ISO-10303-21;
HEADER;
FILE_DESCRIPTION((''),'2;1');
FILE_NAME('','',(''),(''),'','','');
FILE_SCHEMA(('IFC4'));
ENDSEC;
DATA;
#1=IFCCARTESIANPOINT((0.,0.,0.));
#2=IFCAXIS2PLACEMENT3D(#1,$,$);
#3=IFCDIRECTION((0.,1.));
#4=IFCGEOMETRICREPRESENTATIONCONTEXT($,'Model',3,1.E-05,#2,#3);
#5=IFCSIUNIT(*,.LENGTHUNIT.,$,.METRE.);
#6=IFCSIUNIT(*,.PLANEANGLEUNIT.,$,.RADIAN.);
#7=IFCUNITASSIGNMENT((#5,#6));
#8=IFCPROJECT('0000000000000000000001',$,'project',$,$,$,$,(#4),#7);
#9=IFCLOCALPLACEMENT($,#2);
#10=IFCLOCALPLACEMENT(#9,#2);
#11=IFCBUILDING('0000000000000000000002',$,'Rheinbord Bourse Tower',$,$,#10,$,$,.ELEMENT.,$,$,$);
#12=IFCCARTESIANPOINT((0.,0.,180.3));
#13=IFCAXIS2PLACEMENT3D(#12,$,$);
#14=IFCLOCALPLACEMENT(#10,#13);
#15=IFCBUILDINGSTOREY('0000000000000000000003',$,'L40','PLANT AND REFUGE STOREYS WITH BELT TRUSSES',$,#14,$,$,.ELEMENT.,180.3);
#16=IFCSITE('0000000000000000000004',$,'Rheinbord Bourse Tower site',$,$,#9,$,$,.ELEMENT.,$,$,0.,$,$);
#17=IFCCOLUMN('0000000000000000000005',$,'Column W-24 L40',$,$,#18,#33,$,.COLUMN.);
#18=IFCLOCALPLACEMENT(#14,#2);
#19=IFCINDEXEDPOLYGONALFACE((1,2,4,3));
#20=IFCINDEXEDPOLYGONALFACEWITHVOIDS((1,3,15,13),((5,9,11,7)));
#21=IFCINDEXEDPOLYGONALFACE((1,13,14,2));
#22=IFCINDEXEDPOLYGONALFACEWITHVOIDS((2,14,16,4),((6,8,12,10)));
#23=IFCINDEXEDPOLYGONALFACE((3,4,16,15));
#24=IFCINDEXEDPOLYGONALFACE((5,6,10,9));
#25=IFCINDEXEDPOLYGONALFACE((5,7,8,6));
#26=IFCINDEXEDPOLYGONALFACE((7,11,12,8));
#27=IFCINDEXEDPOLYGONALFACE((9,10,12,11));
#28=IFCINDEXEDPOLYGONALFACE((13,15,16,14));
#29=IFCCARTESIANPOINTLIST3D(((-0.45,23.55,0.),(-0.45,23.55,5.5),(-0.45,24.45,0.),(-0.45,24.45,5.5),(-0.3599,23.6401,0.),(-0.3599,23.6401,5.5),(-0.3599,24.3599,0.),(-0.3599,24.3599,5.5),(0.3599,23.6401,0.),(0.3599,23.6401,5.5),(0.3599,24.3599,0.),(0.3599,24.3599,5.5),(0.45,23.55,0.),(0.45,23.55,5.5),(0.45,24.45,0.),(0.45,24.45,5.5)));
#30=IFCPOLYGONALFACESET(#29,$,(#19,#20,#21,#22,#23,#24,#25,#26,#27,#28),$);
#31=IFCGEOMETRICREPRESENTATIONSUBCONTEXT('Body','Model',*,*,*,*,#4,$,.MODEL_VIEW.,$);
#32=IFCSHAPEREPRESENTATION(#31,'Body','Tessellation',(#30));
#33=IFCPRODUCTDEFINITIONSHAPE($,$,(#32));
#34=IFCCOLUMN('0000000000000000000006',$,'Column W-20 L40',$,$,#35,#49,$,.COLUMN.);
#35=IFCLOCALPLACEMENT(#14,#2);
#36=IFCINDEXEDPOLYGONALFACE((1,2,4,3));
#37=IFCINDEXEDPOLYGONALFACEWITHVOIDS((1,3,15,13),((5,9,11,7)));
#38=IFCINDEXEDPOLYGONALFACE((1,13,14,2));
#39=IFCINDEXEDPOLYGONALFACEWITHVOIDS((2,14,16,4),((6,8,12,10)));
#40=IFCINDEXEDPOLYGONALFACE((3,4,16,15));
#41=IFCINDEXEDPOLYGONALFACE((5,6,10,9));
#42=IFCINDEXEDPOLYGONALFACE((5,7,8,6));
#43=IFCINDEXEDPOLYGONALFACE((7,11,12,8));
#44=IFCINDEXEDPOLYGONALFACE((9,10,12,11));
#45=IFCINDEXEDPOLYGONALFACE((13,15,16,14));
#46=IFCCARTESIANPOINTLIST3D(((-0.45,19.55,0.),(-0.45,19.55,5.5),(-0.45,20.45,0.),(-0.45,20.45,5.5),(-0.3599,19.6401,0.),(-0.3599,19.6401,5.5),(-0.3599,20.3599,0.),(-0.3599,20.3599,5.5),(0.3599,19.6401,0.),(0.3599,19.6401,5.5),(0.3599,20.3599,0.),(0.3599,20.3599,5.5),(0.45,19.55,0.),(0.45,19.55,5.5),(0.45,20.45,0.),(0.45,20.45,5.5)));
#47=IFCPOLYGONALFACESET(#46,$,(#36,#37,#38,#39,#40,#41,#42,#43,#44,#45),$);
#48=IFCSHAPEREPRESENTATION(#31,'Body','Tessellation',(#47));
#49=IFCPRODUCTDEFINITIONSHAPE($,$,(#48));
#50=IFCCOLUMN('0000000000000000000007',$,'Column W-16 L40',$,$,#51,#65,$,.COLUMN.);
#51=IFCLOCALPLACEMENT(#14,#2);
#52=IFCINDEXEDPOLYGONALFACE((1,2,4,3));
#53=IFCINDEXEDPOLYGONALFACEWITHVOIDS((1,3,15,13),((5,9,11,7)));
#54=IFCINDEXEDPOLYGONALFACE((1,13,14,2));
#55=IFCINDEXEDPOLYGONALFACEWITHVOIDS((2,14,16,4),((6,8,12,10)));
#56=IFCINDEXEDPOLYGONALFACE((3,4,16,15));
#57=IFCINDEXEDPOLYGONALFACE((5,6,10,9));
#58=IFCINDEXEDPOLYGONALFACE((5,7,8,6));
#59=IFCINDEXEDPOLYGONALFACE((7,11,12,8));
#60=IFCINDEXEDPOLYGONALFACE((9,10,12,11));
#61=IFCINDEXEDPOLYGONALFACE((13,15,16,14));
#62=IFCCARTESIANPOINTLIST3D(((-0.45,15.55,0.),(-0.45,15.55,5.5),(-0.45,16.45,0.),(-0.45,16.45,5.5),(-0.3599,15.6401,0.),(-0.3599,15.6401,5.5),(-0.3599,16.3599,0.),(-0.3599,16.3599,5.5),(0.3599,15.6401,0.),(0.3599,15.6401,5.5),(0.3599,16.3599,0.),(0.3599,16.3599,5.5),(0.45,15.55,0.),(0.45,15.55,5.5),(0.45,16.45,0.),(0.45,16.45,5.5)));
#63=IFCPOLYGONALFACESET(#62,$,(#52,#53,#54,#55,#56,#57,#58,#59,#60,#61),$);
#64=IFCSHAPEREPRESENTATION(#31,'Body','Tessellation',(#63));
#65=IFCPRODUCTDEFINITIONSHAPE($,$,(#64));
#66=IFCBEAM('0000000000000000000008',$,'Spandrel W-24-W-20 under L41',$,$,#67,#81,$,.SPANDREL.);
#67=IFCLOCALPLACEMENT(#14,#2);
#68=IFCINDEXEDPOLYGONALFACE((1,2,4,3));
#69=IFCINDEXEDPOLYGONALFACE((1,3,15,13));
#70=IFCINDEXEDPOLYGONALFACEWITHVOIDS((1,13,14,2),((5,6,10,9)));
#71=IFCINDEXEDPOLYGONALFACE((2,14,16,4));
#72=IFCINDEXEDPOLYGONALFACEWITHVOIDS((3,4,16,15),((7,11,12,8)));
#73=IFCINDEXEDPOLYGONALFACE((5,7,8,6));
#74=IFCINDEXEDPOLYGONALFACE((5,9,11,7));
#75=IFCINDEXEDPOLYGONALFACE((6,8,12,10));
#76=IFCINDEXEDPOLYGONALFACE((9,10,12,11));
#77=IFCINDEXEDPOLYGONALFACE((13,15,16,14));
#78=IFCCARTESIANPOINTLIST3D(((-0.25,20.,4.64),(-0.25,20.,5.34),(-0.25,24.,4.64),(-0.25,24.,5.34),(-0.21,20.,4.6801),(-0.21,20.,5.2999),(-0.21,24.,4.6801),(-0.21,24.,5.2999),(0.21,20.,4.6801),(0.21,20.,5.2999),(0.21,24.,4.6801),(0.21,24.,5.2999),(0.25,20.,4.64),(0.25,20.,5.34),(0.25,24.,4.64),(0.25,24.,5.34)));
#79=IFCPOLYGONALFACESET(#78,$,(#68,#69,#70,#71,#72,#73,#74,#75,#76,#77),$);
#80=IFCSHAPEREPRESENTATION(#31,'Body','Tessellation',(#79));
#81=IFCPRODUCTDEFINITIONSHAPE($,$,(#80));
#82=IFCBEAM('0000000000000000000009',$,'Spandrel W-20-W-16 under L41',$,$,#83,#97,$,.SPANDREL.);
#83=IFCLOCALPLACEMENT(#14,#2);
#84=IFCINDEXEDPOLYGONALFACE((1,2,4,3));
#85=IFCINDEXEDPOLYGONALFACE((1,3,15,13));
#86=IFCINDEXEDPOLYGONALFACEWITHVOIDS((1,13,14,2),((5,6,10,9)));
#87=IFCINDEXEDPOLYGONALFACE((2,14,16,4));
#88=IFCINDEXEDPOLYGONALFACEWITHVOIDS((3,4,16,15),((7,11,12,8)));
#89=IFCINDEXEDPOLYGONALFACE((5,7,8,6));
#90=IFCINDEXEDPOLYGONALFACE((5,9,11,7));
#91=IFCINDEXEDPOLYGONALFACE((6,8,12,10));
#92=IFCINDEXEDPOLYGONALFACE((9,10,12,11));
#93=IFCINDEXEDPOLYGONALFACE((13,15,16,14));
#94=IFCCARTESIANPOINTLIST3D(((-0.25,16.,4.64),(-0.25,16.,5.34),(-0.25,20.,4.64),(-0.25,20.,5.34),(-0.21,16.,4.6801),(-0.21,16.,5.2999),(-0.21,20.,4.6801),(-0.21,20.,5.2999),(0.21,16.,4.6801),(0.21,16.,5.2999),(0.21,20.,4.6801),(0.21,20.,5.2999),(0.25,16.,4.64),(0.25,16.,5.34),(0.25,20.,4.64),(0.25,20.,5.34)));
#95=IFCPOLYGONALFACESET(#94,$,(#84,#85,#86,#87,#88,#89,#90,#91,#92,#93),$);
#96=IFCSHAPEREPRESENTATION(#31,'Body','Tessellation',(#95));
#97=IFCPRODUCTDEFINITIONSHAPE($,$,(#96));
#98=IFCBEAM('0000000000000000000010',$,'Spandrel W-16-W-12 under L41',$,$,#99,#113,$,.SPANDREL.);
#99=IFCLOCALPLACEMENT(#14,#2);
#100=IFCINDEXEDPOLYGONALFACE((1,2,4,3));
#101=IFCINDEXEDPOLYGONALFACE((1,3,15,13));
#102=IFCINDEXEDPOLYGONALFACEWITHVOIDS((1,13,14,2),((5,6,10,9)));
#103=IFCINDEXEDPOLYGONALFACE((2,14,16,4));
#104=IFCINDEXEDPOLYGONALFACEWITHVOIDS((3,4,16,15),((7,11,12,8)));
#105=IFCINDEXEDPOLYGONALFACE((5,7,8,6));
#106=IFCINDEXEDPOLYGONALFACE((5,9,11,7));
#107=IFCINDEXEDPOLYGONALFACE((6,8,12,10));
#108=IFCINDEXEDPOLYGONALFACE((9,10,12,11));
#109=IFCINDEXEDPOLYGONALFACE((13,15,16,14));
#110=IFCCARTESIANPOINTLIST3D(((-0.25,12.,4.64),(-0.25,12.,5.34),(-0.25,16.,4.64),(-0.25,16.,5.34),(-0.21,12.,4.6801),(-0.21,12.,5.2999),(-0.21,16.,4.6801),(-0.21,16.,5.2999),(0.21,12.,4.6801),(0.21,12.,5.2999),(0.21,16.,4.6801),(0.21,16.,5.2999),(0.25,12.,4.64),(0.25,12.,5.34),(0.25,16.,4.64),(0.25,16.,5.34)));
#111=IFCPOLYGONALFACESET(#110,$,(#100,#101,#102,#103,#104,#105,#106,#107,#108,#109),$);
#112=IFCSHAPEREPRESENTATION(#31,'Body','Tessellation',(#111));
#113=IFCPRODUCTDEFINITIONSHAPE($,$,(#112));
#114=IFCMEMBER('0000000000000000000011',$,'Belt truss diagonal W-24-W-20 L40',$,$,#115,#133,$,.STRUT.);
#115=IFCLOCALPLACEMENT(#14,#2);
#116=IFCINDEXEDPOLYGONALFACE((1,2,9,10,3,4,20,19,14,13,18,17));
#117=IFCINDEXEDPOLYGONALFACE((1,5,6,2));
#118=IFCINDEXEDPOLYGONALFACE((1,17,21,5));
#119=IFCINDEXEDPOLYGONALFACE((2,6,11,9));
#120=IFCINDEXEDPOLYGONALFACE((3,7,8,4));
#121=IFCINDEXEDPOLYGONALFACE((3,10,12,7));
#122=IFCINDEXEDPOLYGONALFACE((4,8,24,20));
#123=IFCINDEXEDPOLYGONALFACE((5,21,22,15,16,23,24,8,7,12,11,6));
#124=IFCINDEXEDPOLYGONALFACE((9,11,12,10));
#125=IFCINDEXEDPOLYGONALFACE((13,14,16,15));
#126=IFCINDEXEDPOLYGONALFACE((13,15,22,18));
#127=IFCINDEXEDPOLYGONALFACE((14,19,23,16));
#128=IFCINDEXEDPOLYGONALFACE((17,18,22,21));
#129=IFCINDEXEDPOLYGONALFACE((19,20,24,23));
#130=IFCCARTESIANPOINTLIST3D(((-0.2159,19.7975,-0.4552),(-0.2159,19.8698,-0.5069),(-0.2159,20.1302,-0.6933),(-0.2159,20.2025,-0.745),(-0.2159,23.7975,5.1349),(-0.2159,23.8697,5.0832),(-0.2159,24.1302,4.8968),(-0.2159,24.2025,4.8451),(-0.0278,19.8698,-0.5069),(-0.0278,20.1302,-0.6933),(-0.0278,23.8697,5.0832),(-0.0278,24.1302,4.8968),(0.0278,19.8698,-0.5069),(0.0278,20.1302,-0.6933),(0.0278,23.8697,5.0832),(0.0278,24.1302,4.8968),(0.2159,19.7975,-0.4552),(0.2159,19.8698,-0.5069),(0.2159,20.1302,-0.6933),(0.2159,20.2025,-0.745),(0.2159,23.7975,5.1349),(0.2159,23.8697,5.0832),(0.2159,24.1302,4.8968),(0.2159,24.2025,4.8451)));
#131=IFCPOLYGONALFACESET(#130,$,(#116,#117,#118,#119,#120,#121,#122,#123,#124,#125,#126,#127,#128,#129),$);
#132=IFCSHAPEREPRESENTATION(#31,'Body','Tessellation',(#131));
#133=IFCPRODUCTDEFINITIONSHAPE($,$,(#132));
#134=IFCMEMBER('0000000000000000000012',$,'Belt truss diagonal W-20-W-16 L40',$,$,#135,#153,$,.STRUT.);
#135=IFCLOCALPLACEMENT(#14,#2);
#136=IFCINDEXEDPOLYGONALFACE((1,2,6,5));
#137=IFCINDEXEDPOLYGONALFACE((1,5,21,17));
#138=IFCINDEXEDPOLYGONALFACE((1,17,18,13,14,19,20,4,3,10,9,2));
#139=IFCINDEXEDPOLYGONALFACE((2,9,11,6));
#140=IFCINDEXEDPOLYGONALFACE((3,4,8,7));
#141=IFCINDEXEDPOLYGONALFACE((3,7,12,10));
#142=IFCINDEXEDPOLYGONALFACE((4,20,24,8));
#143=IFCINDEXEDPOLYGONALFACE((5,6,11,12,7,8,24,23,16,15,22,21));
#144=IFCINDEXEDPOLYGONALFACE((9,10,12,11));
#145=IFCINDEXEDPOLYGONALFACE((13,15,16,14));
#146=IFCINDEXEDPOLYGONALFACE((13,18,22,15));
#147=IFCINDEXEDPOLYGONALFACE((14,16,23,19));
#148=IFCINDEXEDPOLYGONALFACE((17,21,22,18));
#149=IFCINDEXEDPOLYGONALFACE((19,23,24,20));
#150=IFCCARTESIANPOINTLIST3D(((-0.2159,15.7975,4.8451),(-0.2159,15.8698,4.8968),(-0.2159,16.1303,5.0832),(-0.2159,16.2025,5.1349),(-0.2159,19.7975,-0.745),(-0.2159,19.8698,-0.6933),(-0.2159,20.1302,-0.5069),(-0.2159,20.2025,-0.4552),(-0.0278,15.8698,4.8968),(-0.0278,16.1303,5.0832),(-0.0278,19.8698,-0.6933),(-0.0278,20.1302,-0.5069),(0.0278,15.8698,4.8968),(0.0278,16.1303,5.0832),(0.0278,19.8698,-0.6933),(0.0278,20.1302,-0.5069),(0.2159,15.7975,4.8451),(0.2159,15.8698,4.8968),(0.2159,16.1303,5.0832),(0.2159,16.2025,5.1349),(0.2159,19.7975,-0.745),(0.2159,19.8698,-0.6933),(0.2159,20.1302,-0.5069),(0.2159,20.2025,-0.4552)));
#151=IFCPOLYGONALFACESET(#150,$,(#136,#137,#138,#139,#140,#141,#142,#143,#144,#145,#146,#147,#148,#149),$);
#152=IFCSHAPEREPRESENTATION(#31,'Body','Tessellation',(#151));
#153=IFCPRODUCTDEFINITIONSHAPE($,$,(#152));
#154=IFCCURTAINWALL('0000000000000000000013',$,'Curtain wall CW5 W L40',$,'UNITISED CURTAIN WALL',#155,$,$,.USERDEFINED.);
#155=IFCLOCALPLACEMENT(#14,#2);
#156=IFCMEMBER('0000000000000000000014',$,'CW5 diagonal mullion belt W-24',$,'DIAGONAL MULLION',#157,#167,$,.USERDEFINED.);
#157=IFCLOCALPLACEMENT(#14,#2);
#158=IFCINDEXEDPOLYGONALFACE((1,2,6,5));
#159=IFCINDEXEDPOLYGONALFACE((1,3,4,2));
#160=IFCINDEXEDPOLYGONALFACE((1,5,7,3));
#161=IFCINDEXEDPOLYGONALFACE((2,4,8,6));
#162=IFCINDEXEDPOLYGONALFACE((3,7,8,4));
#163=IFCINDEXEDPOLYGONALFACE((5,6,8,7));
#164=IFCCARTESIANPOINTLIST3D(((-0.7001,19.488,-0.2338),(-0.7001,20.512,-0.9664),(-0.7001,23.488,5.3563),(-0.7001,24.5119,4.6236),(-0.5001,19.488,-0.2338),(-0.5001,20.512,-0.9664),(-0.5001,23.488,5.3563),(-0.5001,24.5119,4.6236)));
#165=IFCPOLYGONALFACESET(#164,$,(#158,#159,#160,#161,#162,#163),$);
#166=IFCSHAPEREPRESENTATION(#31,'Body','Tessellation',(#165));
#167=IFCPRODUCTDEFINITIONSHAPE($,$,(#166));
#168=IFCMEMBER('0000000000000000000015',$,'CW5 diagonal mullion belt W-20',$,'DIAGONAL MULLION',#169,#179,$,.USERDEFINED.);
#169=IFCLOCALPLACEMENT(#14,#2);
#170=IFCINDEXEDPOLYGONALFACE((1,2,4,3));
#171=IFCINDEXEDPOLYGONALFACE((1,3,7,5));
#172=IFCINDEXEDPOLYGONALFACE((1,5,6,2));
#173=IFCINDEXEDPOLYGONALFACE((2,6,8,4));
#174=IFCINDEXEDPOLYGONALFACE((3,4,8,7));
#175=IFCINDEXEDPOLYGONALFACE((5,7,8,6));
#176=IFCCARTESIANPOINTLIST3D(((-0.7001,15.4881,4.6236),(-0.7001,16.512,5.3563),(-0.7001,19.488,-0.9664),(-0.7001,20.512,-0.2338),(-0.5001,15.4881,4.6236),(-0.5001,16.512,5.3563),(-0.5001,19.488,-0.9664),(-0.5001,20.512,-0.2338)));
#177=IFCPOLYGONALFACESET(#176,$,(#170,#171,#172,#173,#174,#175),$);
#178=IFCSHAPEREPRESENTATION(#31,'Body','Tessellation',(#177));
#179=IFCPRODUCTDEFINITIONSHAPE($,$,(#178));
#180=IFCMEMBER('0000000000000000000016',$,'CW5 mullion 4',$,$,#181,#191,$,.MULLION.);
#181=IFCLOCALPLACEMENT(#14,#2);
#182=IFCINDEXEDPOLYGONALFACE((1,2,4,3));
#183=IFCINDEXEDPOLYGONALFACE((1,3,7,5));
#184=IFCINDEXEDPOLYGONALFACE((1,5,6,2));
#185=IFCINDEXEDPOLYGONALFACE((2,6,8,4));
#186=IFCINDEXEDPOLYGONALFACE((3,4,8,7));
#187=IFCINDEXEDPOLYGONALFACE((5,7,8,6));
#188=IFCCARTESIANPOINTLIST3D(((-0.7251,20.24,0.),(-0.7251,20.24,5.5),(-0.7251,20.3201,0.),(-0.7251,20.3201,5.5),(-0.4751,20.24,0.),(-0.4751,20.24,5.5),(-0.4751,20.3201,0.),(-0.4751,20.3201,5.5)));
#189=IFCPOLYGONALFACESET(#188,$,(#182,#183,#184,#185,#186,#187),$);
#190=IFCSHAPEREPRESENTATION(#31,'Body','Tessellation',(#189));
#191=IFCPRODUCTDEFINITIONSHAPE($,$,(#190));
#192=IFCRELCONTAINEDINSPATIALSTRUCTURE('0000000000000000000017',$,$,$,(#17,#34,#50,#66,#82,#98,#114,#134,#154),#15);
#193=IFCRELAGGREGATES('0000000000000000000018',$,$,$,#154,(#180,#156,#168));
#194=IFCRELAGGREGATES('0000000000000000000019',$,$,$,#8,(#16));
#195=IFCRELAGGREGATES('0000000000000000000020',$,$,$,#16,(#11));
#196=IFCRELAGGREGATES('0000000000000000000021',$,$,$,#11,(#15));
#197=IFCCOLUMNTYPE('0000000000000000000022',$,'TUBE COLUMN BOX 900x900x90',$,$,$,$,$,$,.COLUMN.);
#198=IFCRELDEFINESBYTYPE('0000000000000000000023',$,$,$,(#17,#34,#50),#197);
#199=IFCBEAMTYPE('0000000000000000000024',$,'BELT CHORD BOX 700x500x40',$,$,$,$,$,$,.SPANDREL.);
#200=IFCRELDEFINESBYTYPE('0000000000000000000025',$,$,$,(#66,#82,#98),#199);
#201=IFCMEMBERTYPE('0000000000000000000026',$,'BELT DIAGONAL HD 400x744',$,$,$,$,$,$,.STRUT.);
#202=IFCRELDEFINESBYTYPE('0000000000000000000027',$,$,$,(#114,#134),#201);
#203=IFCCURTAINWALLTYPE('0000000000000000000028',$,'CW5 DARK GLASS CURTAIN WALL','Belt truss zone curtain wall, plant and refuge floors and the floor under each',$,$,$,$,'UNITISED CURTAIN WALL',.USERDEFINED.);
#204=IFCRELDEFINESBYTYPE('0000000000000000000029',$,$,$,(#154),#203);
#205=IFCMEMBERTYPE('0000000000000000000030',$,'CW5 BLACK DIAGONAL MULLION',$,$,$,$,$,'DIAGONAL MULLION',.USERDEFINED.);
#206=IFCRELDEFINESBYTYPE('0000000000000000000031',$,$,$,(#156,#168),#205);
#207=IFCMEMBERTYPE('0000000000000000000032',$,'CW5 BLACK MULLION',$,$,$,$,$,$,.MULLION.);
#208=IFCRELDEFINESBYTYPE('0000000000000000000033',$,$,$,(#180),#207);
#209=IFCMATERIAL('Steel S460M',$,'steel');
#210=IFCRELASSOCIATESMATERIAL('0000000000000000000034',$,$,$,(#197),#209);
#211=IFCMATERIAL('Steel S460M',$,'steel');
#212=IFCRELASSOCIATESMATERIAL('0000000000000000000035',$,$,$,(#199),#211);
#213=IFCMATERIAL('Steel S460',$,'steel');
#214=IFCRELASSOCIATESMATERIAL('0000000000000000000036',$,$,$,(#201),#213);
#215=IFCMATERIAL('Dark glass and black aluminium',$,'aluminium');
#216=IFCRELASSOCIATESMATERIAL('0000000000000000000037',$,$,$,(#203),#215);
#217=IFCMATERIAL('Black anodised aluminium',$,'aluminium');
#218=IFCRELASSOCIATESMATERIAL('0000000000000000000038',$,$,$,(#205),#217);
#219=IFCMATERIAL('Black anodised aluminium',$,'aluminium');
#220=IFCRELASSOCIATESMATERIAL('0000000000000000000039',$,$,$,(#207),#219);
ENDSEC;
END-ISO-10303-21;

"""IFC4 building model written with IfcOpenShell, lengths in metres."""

from ifc_helpers import new_model, si_unit, direction, frame, origin, origin_2d, place, context, subcontext, project, spatial, rectangle, hollow_rectangle, i_section, extrude, material, material_profile, profile_set, type_object, element, aggregate, save


model = new_model("IFC4")

# Units and contexts
model_context = context("Model", 3, precision=1e-05, world=origin(), true_north=direction((0.0, 1.0)))
body_context = subcontext(model_context, "Body", "Model", "MODEL_VIEW")
ifc_project = project(units=[si_unit("LENGTHUNIT", "METRE"), si_unit("PLANEANGLEUNIT", "RADIAN")], contexts=[model_context])

# Site, building, storey
site_placement = place(None, origin())
site = spatial("IfcSite", under=ifc_project, at=site_placement, Name="Rheinbord Bourse Tower site", CompositionType="ELEMENT", RefElevation=0.0)
building_placement = place(site_placement, origin())
building = spatial("IfcBuilding", under=site, at=building_placement, Name="Rheinbord Bourse Tower", CompositionType="ELEMENT")
storey_placement = place(building_placement, frame((0.0, 0.0, 180.3)))
storey = spatial("IfcBuildingStorey", under=building, at=storey_placement, Name="L40", Description="PLANT AND REFUGE STOREYS WITH BELT TRUSSES", CompositionType="ELEMENT", Elevation=180.3)

# Columns
ifc_material_1 = material(Name="Steel S460M", Category="steel")
ifc_material_profile_1 = material_profile(ifc_material_1, hollow_rectangle(XDim=0.8999, YDim=0.8999, WallThickness=0.0901, at=origin_2d()), Name="BOX 900x900x90")
ifc_profile_set_1 = profile_set([ifc_material_profile_1], Name="Steel S460M")
column_type = type_object("IfcColumnType", Name="TUBE COLUMN BOX 900x900x90", PredefinedType="COLUMN", material=ifc_profile_set_1)
for number, where, z_axis, x_axis, name in (
    (1, (0.0, 24.0, 0.0), (0.0, 0.0, 1.0), (1.0, 0.0, 0.0), "Column W-24 L40"),
    (2, (0.0, 20.0, 0.0), (0.0, 0.0, 1.0), (1.0, 0.0, 0.0), "Column W-20 L40"),
    (3, (0.0, 16.0, 0.0), (0.0, 0.0, 1.0), (1.0, 0.0, 0.0), "Column W-16 L40"),
):
    element("IfcColumn", number, at=place(storey_placement, frame(where, z_axis=z_axis, x_axis=x_axis)), inside=storey, type_object=column_type, Name=name, PredefinedType="COLUMN", context=body_context, shape_type="SweptSolid", body=[
        extrude(hollow_rectangle(XDim=0.8999, YDim=0.8999, WallThickness=0.0901, at=origin_2d()), origin(), (0.0, 0.0, 1.0), 5.5),
    ])

# Beams
ifc_material_2 = material(Name="Steel S460M", Category="steel")
ifc_material_profile_2 = material_profile(ifc_material_2, hollow_rectangle(XDim=0.5, YDim=0.7, WallThickness=0.04, at=origin_2d()), Name="BOX 700x500x40")
ifc_profile_set_2 = profile_set([ifc_material_profile_2], Name="Steel S460M")
beam_type_1 = type_object("IfcBeamType", Name="BELT CHORD BOX 700x500x40", PredefinedType="SPANDREL", material=ifc_profile_set_2)
for number, where, z_axis, x_axis, name in (
    (4, (0.0, 24.0, 4.99), (0.0, -1.0, 0.0), (1.0, 0.0, 0.0), "Spandrel W-24-W-20 under L41"),
    (5, (0.0, 20.0, 4.99), (0.0, -1.0, 0.0), (1.0, 0.0, 0.0), "Spandrel W-20-W-16 under L41"),
    (6, (0.0, 16.0, 4.99), (0.0, -1.0, 0.0), (1.0, 0.0, 0.0), "Spandrel W-16-W-12 under L41"),
):
    element("IfcBeam", number, at=place(storey_placement, frame(where, z_axis=z_axis, x_axis=x_axis)), inside=storey, type_object=beam_type_1, Name=name, PredefinedType="SPANDREL", context=body_context, shape_type="SweptSolid", body=[
        extrude(hollow_rectangle(XDim=0.5, YDim=0.7, WallThickness=0.04, at=origin_2d()), origin(), (0.0, 0.0, 1.0), 4.0),
    ])

# Members
ifc_material_3 = material(Name="Steel S460", Category="steel")
ifc_material_profile_3 = material_profile(ifc_material_3, i_section(OverallWidth=0.4319, OverallDepth=0.498, WebThickness=0.0557, FlangeThickness=0.0889, at=origin_2d()), Name="HD 400x744")
ifc_profile_set_3 = profile_set([ifc_material_profile_3], Name="Steel S460")
member_type_1 = type_object("IfcMemberType", Name="BELT DIAGONAL HD 400x744", PredefinedType="STRUT", material=ifc_profile_set_3)
for number, where, z_axis, x_axis, name in (
    (7, (0.0, 20.0, -0.6001), (0.0, 0.58192, 0.813246), (-1.0, 0.0, 0.0), "Belt truss diagonal W-24-W-20 L40"),
    (8, (0.0, 20.0, -0.6001), (0.0, -0.58192, 0.813246), (1.0, 0.0, 0.0), "Belt truss diagonal W-20-W-16 L40"),
):
    element("IfcMember", number, at=place(storey_placement, frame(where, z_axis=z_axis, x_axis=x_axis)), inside=storey, type_object=member_type_1, Name=name, PredefinedType="STRUT", context=body_context, shape_type="SweptSolid", body=[
        extrude(i_section(OverallWidth=0.4319, OverallDepth=0.498, WebThickness=0.0557, FlangeThickness=0.0889, at=origin_2d()), origin(), (0.0, 0.0, 1.0), 6.8738),
    ])

# Curtain wall, members
ifc_material_4 = material(Name="Dark glass and black aluminium", Category="aluminium")
curtain_wall_type = type_object("IfcCurtainWallType", Name="CW5 DARK GLASS CURTAIN WALL", Description="Belt truss zone curtain wall, plant and refuge floors and the floor under each", ElementType="UNITISED CURTAIN WALL", PredefinedType="USERDEFINED", material=ifc_material_4)
curtain_wall_placement = place(storey_placement, origin())
curtain_wall = element("IfcCurtainWall", 9, at=curtain_wall_placement, inside=storey, type_object=curtain_wall_type, Name="Curtain wall CW5 W L40", ObjectType="UNITISED CURTAIN WALL", PredefinedType="USERDEFINED")
ifc_material_5 = material(Name="Black anodised aluminium", Category="aluminium")
ifc_material_profile_4 = material_profile(ifc_material_5, rectangle(XDim=0.2, YDim=1.259, at=origin_2d()), Name="CW5 DIAGONAL MULLION 1259x200")
ifc_profile_set_4 = profile_set([ifc_material_profile_4], Name="Black anodised aluminium")
member_type_2 = type_object("IfcMemberType", Name="CW5 BLACK DIAGONAL MULLION", ElementType="DIAGONAL MULLION", PredefinedType="USERDEFINED", material=ifc_profile_set_4)
member_1_placement = place(storey_placement, frame((-0.6001, 20.0, -0.6001), z_axis=(0.0, 0.58192, 0.813246), x_axis=(-1.0, 0.0, 0.0)))
member_1 = element("IfcMember", 10, at=member_1_placement, type_object=member_type_2, Name="CW5 diagonal mullion belt W-24", ObjectType="DIAGONAL MULLION", PredefinedType="USERDEFINED", context=body_context, shape_type="SweptSolid", body=[
    extrude(rectangle(XDim=0.2, YDim=1.259, at=origin_2d()), origin(), (0.0, 0.0, 1.0), 6.8738),
])
member_2_placement = place(storey_placement, frame((-0.6001, 20.0, -0.6001), z_axis=(0.0, -0.58192, 0.813246), x_axis=(1.0, 0.0, 0.0)))
member_2 = element("IfcMember", 11, at=member_2_placement, type_object=member_type_2, Name="CW5 diagonal mullion belt W-20", ObjectType="DIAGONAL MULLION", PredefinedType="USERDEFINED", context=body_context, shape_type="SweptSolid", body=[
    extrude(rectangle(XDim=0.2, YDim=1.259, at=origin_2d()), origin(), (0.0, 0.0, 1.0), 6.8738),
])
ifc_material_6 = material(Name="Black anodised aluminium", Category="aluminium")
ifc_material_profile_5 = material_profile(ifc_material_6, rectangle(XDim=0.25, YDim=0.0801, at=origin_2d()), Name="CW5 MULLION 80x250")
ifc_profile_set_5 = profile_set([ifc_material_profile_5], Name="Black anodised aluminium")
member_type_3 = type_object("IfcMemberType", Name="CW5 BLACK MULLION", PredefinedType="MULLION", material=ifc_profile_set_5)
member_3_placement = place(storey_placement, frame((-0.6001, 20.28, 0.0), z_axis=(0.0, 0.0, 1.0), x_axis=(1.0, 0.0, 0.0)))
member_3 = element("IfcMember", 12, at=member_3_placement, type_object=member_type_3, Name="CW5 mullion 4", PredefinedType="MULLION", context=body_context, shape_type="SweptSolid", body=[
    extrude(rectangle(XDim=0.25, YDim=0.0801, at=origin_2d()), origin(), (0.0, 0.0, 1.0), 5.5),
])

aggregate(curtain_wall, [member_3, member_1, member_2])

save(model, "model.ifc")
